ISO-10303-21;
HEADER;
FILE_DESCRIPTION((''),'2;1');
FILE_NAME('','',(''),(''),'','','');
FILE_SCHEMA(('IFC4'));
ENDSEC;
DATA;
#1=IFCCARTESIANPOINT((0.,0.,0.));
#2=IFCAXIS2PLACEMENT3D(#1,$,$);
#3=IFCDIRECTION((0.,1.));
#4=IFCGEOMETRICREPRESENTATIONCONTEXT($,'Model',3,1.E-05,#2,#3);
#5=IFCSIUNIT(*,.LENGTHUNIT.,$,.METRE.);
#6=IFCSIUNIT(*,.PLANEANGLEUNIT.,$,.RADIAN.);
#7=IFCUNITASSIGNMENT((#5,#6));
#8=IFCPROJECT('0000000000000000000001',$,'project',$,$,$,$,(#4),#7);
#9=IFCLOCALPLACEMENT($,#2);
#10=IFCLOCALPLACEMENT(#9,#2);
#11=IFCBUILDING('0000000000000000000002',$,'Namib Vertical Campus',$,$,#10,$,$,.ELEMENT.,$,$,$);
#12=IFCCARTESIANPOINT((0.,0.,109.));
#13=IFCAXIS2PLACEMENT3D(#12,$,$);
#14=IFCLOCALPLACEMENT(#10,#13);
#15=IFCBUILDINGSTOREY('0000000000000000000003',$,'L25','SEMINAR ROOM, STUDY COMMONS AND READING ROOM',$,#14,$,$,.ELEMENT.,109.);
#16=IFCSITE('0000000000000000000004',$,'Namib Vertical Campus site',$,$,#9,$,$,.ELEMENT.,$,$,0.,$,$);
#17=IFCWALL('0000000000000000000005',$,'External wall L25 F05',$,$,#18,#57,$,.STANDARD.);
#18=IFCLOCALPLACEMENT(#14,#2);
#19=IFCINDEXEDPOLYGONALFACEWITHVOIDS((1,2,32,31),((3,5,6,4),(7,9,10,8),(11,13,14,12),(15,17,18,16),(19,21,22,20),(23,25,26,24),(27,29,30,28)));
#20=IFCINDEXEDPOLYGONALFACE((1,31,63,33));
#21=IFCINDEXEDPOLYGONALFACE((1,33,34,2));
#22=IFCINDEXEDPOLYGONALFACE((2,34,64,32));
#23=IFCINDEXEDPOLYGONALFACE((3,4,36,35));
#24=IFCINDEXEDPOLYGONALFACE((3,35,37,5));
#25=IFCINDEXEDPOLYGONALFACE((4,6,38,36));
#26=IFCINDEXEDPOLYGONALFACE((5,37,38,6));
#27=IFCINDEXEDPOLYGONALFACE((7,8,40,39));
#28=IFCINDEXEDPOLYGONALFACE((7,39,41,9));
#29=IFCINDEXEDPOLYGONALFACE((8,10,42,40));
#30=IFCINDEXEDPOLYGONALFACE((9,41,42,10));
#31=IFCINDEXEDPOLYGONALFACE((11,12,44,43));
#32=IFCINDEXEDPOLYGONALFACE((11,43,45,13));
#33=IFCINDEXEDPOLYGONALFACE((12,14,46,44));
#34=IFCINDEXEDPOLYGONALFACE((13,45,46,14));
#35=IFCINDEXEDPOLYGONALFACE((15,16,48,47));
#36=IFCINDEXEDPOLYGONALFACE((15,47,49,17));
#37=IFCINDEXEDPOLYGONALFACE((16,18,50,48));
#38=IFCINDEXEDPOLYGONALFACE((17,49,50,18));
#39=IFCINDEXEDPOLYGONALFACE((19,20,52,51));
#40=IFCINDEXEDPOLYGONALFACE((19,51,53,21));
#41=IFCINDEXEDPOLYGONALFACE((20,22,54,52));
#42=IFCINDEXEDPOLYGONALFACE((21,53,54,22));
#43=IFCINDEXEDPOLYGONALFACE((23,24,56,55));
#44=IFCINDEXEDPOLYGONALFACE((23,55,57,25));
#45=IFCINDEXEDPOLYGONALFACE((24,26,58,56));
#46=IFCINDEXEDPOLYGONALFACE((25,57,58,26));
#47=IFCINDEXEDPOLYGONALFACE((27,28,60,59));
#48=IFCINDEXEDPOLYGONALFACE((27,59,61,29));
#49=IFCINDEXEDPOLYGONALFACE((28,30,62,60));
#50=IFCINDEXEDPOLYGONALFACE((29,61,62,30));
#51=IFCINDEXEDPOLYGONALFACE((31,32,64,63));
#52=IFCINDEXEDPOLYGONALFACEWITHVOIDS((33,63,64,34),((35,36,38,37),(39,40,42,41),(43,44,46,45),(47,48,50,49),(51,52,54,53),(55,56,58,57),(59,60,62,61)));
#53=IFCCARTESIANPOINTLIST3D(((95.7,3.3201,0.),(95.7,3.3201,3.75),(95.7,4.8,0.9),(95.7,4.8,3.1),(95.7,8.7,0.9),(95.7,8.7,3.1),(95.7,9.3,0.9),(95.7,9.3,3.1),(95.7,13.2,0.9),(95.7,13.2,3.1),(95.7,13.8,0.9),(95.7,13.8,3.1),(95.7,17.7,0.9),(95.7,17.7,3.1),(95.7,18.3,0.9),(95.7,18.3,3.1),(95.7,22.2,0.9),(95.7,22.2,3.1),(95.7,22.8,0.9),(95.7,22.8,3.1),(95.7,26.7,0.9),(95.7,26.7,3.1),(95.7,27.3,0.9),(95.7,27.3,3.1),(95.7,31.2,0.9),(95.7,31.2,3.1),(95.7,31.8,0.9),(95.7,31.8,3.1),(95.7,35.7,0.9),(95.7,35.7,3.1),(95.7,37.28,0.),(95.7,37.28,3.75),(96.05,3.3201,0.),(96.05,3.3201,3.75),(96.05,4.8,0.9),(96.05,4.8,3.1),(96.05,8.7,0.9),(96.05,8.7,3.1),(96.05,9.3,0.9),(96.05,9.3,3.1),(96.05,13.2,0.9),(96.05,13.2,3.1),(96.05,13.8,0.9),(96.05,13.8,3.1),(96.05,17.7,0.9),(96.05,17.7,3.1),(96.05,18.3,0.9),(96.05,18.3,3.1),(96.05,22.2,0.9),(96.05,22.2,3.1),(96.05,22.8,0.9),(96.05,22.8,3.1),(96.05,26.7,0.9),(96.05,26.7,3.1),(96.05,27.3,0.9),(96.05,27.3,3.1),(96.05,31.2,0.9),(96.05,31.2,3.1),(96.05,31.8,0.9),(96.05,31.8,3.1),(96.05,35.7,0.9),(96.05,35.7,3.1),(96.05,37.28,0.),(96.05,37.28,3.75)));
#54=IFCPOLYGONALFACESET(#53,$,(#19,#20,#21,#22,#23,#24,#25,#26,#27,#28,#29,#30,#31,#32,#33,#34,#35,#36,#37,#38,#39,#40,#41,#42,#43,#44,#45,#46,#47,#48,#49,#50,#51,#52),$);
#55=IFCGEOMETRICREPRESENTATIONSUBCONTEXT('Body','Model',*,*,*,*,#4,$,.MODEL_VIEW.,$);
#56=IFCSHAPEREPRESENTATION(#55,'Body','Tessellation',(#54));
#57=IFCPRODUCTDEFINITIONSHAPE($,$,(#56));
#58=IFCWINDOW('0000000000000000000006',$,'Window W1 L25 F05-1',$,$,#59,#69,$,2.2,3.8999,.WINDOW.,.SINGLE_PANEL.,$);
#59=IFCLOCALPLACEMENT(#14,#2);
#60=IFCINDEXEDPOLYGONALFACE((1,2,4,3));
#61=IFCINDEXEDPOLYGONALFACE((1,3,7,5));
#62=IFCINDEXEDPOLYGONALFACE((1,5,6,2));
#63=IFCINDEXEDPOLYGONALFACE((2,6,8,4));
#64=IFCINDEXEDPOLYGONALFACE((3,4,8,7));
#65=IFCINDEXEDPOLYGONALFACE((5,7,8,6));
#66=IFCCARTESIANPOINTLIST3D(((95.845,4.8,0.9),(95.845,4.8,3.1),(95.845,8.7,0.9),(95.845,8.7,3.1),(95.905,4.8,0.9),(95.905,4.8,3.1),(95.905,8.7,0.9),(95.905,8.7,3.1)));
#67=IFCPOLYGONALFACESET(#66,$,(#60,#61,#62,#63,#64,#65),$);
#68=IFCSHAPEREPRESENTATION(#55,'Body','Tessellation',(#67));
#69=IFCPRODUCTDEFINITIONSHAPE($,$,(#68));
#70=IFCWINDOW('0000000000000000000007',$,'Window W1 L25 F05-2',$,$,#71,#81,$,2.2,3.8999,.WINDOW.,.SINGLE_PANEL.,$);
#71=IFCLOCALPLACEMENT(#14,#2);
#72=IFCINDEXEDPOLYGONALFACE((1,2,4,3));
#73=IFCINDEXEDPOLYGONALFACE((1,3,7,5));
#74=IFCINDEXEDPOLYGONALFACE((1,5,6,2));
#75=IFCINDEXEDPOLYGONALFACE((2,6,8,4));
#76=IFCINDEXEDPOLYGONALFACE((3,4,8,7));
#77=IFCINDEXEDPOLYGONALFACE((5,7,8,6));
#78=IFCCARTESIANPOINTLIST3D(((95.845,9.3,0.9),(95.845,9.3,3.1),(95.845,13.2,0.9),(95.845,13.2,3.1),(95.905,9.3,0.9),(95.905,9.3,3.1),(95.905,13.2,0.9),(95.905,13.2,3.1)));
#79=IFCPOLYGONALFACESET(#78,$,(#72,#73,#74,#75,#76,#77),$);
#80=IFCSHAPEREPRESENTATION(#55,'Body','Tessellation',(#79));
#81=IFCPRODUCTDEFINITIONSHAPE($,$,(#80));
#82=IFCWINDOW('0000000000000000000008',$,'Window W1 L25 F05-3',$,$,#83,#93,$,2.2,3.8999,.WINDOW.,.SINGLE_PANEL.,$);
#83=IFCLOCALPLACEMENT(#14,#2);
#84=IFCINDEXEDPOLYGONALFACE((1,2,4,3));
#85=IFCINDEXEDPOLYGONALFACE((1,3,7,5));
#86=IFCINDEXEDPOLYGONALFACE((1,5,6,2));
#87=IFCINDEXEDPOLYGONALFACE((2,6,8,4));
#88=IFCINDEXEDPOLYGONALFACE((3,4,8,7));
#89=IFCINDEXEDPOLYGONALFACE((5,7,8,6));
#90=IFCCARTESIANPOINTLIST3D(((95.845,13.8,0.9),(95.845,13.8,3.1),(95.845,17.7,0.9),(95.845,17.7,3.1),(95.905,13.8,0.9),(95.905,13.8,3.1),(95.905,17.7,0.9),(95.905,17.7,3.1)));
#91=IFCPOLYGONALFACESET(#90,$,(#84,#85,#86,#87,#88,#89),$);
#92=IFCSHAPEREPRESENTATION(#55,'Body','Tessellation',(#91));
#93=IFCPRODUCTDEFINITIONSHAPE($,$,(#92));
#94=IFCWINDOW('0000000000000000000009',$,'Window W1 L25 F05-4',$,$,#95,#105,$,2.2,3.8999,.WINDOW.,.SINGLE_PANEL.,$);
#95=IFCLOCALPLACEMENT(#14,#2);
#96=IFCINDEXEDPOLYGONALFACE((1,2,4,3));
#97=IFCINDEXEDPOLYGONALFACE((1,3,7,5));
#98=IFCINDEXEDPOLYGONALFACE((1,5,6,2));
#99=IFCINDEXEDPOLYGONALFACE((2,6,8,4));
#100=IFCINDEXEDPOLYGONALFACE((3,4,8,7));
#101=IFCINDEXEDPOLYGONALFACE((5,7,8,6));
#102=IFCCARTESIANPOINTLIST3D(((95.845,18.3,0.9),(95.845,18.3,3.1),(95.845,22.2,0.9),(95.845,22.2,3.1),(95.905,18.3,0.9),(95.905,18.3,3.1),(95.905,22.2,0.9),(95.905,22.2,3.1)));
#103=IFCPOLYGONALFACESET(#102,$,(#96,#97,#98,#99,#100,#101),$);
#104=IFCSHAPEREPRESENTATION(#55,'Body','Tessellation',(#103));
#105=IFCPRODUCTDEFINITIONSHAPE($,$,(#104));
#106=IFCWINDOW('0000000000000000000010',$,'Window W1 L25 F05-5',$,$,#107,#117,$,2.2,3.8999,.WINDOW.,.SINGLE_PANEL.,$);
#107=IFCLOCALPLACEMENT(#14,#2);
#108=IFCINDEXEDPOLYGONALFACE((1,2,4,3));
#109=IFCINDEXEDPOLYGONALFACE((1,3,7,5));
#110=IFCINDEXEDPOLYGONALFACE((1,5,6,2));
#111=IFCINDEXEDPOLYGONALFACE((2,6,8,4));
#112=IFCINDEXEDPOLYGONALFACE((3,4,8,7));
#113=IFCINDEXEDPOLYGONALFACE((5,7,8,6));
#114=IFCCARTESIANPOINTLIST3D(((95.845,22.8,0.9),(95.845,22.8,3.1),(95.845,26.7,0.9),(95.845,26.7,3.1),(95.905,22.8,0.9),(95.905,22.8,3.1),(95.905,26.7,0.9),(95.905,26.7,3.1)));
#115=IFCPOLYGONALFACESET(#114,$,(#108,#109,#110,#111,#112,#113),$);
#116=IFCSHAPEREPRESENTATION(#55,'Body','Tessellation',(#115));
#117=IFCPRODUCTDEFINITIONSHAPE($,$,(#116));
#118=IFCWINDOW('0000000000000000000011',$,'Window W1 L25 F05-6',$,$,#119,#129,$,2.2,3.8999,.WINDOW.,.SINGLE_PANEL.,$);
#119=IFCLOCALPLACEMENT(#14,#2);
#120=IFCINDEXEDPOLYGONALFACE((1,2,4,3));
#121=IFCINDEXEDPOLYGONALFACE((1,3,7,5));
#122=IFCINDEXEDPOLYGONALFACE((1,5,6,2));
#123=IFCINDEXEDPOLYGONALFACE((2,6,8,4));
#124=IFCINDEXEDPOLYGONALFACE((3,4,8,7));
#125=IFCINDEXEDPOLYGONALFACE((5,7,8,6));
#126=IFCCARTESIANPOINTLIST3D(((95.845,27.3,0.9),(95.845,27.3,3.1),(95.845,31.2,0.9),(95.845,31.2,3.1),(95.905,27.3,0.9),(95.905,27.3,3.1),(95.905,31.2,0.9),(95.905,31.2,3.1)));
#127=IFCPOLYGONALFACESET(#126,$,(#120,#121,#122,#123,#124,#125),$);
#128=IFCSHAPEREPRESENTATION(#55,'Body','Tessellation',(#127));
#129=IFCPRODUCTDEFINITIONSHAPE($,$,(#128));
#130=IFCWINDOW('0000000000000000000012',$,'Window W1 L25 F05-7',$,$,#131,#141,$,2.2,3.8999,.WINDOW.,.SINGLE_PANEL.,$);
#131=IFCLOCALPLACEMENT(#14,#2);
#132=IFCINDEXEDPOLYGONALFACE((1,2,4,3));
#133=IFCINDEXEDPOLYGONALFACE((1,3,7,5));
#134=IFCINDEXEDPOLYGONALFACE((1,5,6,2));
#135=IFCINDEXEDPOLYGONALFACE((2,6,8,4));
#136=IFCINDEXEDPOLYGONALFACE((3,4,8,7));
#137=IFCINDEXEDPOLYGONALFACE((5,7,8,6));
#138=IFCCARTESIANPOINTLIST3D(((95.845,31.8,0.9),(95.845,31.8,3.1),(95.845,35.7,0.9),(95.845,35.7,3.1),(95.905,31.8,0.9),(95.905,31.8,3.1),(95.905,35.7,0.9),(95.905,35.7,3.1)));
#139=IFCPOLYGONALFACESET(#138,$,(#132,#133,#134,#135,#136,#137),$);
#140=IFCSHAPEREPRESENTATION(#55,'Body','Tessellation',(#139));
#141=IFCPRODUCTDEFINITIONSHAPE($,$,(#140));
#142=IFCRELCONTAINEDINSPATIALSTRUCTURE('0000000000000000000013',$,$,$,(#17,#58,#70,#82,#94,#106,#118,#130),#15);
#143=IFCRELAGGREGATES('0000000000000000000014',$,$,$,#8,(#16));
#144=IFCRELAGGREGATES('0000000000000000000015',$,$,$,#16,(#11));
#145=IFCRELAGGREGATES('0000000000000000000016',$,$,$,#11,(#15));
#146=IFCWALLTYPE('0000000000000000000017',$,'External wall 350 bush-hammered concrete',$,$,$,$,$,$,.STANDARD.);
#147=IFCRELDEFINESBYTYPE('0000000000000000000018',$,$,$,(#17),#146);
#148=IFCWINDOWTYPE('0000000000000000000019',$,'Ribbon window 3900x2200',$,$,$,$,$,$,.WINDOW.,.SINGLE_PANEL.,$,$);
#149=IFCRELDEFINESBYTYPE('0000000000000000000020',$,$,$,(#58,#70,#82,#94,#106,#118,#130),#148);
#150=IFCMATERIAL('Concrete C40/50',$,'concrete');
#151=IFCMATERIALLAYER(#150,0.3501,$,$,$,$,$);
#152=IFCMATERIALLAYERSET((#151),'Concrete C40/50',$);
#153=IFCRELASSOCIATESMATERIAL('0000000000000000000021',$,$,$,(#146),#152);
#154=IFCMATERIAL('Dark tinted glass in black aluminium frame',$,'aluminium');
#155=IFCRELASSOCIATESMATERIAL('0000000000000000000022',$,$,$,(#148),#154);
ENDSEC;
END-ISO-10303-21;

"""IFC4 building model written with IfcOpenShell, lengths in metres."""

from ifc_helpers import new_model, si_unit, direction, frame, frame_2d, origin, place, context, subcontext, project, spatial, rectangle, extrude, material, layer, layer_set, type_object, element, fill, save


model = new_model("IFC4")

# Units and contexts
model_context = context("Model", 3, precision=1e-05, world=origin(), true_north=direction((0.0, 1.0)))
body_context = subcontext(model_context, "Body", "Model", "MODEL_VIEW")
ifc_project = project(units=[si_unit("LENGTHUNIT", "METRE"), si_unit("PLANEANGLEUNIT", "RADIAN")], contexts=[model_context])

# Site, building, storey
site_placement = place(None, origin())
site = spatial("IfcSite", under=ifc_project, at=site_placement, Name="Namib Vertical Campus site", CompositionType="ELEMENT", RefElevation=0.0)
building_placement = place(site_placement, origin())
building = spatial("IfcBuilding", under=site, at=building_placement, Name="Namib Vertical Campus", CompositionType="ELEMENT")
storey_placement = place(building_placement, frame((0.0, 0.0, 109.0)))
storey = spatial("IfcBuildingStorey", under=building, at=storey_placement, Name="L25", Description="SEMINAR ROOM, STUDY COMMONS AND READING ROOM", CompositionType="ELEMENT", Elevation=109.0)

# Wall, openings, windows
ifc_material_1 = material(Name="Concrete C40/50", Category="concrete")
ifc_layer_1 = layer(ifc_material_1, 0.3501)
ifc_layer_set_1 = layer_set([ifc_layer_1], Name="Concrete C40/50")
wall_type_1 = type_object("IfcWallType", Name="External wall 350 bush-hammered concrete", PredefinedType="STANDARD", material=ifc_layer_set_1)
wall_1_placement = place(storey_placement, frame((95.875, 3.3201, 0.0), z_axis=(0.0, 0.0, 1.0), x_axis=(0.0, 1.0, 0.0)))
wall_1 = element("IfcWall", 1, at=wall_1_placement, inside=storey, type_object=wall_type_1, Name="External wall L25 F05", PredefinedType="STANDARD", context=body_context, shape_type="SweptSolid", body=[
    extrude(rectangle(XDim=33.96, YDim=0.3501, at=frame_2d((16.98, 0.0))), origin(), (0.0, 0.0, 1.0), 3.75),
])
opening_1_placement = place(wall_1_placement, frame((1.48, 0.0, 0.8999)))
opening_1 = element("IfcOpeningElement", 2, at=opening_1_placement, cuts=wall_1, PredefinedType="OPENING", context=body_context, shape_type="SweptSolid", body=[
    extrude(rectangle(XDim=3.8999, YDim=2.2, at=frame_2d((1.95, 1.1001))), frame((0.0, 0.1851, 0.0), z_axis=(0.0, -1.0, 0.0), x_axis=(1.0, 0.0, 0.0)), (0.0, 0.0, 1.0), 0.3701),
])
opening_2_placement = place(wall_1_placement, frame((5.98, 0.0, 0.8999)))
opening_2 = element("IfcOpeningElement", 3, at=opening_2_placement, cuts=wall_1, PredefinedType="OPENING", context=body_context, shape_type="SweptSolid", body=[
    extrude(rectangle(XDim=3.8999, YDim=2.2, at=frame_2d((1.95, 1.1001))), frame((0.0, 0.1851, 0.0), z_axis=(0.0, -1.0, 0.0), x_axis=(1.0, 0.0, 0.0)), (0.0, 0.0, 1.0), 0.3701),
])
opening_3_placement = place(wall_1_placement, frame((10.48, 0.0, 0.8999)))
opening_3 = element("IfcOpeningElement", 4, at=opening_3_placement, cuts=wall_1, PredefinedType="OPENING", context=body_context, shape_type="SweptSolid", body=[
    extrude(rectangle(XDim=3.8999, YDim=2.2, at=frame_2d((1.95, 1.1001))), frame((0.0, 0.1851, 0.0), z_axis=(0.0, -1.0, 0.0), x_axis=(1.0, 0.0, 0.0)), (0.0, 0.0, 1.0), 0.3701),
])
opening_4_placement = place(wall_1_placement, frame((14.98, 0.0, 0.8999)))
opening_4 = element("IfcOpeningElement", 5, at=opening_4_placement, cuts=wall_1, PredefinedType="OPENING", context=body_context, shape_type="SweptSolid", body=[
    extrude(rectangle(XDim=3.8999, YDim=2.2, at=frame_2d((1.95, 1.1001))), frame((0.0, 0.1851, 0.0), z_axis=(0.0, -1.0, 0.0), x_axis=(1.0, 0.0, 0.0)), (0.0, 0.0, 1.0), 0.3701),
])
opening_5_placement = place(wall_1_placement, frame((19.48, 0.0, 0.8999)))
opening_5 = element("IfcOpeningElement", 6, at=opening_5_placement, cuts=wall_1, PredefinedType="OPENING", context=body_context, shape_type="SweptSolid", body=[
    extrude(rectangle(XDim=3.8999, YDim=2.2, at=frame_2d((1.95, 1.1001))), frame((0.0, 0.1851, 0.0), z_axis=(0.0, -1.0, 0.0), x_axis=(1.0, 0.0, 0.0)), (0.0, 0.0, 1.0), 0.3701),
])
opening_6_placement = place(wall_1_placement, frame((23.98, 0.0, 0.8999)))
opening_6 = element("IfcOpeningElement", 7, at=opening_6_placement, cuts=wall_1, PredefinedType="OPENING", context=body_context, shape_type="SweptSolid", body=[
    extrude(rectangle(XDim=3.8999, YDim=2.2, at=frame_2d((1.95, 1.1001))), frame((0.0, 0.1851, 0.0), z_axis=(0.0, -1.0, 0.0), x_axis=(1.0, 0.0, 0.0)), (0.0, 0.0, 1.0), 0.3701),
])
opening_7_placement = place(wall_1_placement, frame((28.48, 0.0, 0.8999)))
opening_7 = element("IfcOpeningElement", 8, at=opening_7_placement, cuts=wall_1, PredefinedType="OPENING", context=body_context, shape_type="SweptSolid", body=[
    extrude(rectangle(XDim=3.8999, YDim=2.2, at=frame_2d((1.95, 1.1001))), frame((0.0, 0.1851, 0.0), z_axis=(0.0, -1.0, 0.0), x_axis=(1.0, 0.0, 0.0)), (0.0, 0.0, 1.0), 0.3701),
])
ifc_material_2 = material(Name="Dark tinted glass in black aluminium frame", Category="aluminium")
window_type = type_object("IfcWindowType", Name="Ribbon window 3900x2200", PartitioningType="SINGLE_PANEL", PredefinedType="WINDOW", material=ifc_material_2)
window_1_placement = place(opening_1_placement, origin())
window_1 = element("IfcWindow", 9, at=window_1_placement, inside=storey, type_object=window_type, Name="Window W1 L25 F05-1", OverallHeight=2.2, OverallWidth=3.8999, PartitioningType="SINGLE_PANEL", PredefinedType="WINDOW", context=body_context, shape_type="SweptSolid", body=[
    extrude(rectangle(XDim=3.8999, YDim=2.2, at=frame_2d((1.95, 1.1001))), frame((0.0, 0.03, 0.0), z_axis=(0.0, -1.0, 0.0), x_axis=(1.0, 0.0, 0.0)), (0.0, 0.0, 1.0), 0.0601),
])
fill(opening_1, window_1)
window_2_placement = place(opening_2_placement, origin())
window_2 = element("IfcWindow", 10, at=window_2_placement, inside=storey, type_object=window_type, Name="Window W1 L25 F05-2", OverallHeight=2.2, OverallWidth=3.8999, PartitioningType="SINGLE_PANEL", PredefinedType="WINDOW", context=body_context, shape_type="SweptSolid", body=[
    extrude(rectangle(XDim=3.8999, YDim=2.2, at=frame_2d((1.95, 1.1001))), frame((0.0, 0.03, 0.0), z_axis=(0.0, -1.0, 0.0), x_axis=(1.0, 0.0, 0.0)), (0.0, 0.0, 1.0), 0.0601),
])
fill(opening_2, window_2)
window_3_placement = place(opening_3_placement, origin())
window_3 = element("IfcWindow", 11, at=window_3_placement, inside=storey, type_object=window_type, Name="Window W1 L25 F05-3", OverallHeight=2.2, OverallWidth=3.8999, PartitioningType="SINGLE_PANEL", PredefinedType="WINDOW", context=body_context, shape_type="SweptSolid", body=[
    extrude(rectangle(XDim=3.8999, YDim=2.2, at=frame_2d((1.95, 1.1001))), frame((0.0, 0.03, 0.0), z_axis=(0.0, -1.0, 0.0), x_axis=(1.0, 0.0, 0.0)), (0.0, 0.0, 1.0), 0.0601),
])
fill(opening_3, window_3)
window_4_placement = place(opening_4_placement, origin())
window_4 = element("IfcWindow", 12, at=window_4_placement, inside=storey, type_object=window_type, Name="Window W1 L25 F05-4", OverallHeight=2.2, OverallWidth=3.8999, PartitioningType="SINGLE_PANEL", PredefinedType="WINDOW", context=body_context, shape_type="SweptSolid", body=[
    extrude(rectangle(XDim=3.8999, YDim=2.2, at=frame_2d((1.95, 1.1001))), frame((0.0, 0.03, 0.0), z_axis=(0.0, -1.0, 0.0), x_axis=(1.0, 0.0, 0.0)), (0.0, 0.0, 1.0), 0.0601),
])
fill(opening_4, window_4)
window_5_placement = place(opening_5_placement, origin())
window_5 = element("IfcWindow", 13, at=window_5_placement, inside=storey, type_object=window_type, Name="Window W1 L25 F05-5", OverallHeight=2.2, OverallWidth=3.8999, PartitioningType="SINGLE_PANEL", PredefinedType="WINDOW", context=body_context, shape_type="SweptSolid", body=[
    extrude(rectangle(XDim=3.8999, YDim=2.2, at=frame_2d((1.95, 1.1001))), frame((0.0, 0.03, 0.0), z_axis=(0.0, -1.0, 0.0), x_axis=(1.0, 0.0, 0.0)), (0.0, 0.0, 1.0), 0.0601),
])
fill(opening_5, window_5)
window_6_placement = place(opening_6_placement, origin())
window_6 = element("IfcWindow", 14, at=window_6_placement, inside=storey, type_object=window_type, Name="Window W1 L25 F05-6", OverallHeight=2.2, OverallWidth=3.8999, PartitioningType="SINGLE_PANEL", PredefinedType="WINDOW", context=body_context, shape_type="SweptSolid", body=[
    extrude(rectangle(XDim=3.8999, YDim=2.2, at=frame_2d((1.95, 1.1001))), frame((0.0, 0.03, 0.0), z_axis=(0.0, -1.0, 0.0), x_axis=(1.0, 0.0, 0.0)), (0.0, 0.0, 1.0), 0.0601),
])
fill(opening_6, window_6)
window_7_placement = place(opening_7_placement, origin())
window_7 = element("IfcWindow", 15, at=window_7_placement, inside=storey, type_object=window_type, Name="Window W1 L25 F05-7", OverallHeight=2.2, OverallWidth=3.8999, PartitioningType="SINGLE_PANEL", PredefinedType="WINDOW", context=body_context, shape_type="SweptSolid", body=[
    extrude(rectangle(XDim=3.8999, YDim=2.2, at=frame_2d((1.95, 1.1001))), frame((0.0, 0.03, 0.0), z_axis=(0.0, -1.0, 0.0), x_axis=(1.0, 0.0, 0.0)), (0.0, 0.0, 1.0), 0.0601),
])
fill(opening_7, window_7)

save(model, "model.ifc")
